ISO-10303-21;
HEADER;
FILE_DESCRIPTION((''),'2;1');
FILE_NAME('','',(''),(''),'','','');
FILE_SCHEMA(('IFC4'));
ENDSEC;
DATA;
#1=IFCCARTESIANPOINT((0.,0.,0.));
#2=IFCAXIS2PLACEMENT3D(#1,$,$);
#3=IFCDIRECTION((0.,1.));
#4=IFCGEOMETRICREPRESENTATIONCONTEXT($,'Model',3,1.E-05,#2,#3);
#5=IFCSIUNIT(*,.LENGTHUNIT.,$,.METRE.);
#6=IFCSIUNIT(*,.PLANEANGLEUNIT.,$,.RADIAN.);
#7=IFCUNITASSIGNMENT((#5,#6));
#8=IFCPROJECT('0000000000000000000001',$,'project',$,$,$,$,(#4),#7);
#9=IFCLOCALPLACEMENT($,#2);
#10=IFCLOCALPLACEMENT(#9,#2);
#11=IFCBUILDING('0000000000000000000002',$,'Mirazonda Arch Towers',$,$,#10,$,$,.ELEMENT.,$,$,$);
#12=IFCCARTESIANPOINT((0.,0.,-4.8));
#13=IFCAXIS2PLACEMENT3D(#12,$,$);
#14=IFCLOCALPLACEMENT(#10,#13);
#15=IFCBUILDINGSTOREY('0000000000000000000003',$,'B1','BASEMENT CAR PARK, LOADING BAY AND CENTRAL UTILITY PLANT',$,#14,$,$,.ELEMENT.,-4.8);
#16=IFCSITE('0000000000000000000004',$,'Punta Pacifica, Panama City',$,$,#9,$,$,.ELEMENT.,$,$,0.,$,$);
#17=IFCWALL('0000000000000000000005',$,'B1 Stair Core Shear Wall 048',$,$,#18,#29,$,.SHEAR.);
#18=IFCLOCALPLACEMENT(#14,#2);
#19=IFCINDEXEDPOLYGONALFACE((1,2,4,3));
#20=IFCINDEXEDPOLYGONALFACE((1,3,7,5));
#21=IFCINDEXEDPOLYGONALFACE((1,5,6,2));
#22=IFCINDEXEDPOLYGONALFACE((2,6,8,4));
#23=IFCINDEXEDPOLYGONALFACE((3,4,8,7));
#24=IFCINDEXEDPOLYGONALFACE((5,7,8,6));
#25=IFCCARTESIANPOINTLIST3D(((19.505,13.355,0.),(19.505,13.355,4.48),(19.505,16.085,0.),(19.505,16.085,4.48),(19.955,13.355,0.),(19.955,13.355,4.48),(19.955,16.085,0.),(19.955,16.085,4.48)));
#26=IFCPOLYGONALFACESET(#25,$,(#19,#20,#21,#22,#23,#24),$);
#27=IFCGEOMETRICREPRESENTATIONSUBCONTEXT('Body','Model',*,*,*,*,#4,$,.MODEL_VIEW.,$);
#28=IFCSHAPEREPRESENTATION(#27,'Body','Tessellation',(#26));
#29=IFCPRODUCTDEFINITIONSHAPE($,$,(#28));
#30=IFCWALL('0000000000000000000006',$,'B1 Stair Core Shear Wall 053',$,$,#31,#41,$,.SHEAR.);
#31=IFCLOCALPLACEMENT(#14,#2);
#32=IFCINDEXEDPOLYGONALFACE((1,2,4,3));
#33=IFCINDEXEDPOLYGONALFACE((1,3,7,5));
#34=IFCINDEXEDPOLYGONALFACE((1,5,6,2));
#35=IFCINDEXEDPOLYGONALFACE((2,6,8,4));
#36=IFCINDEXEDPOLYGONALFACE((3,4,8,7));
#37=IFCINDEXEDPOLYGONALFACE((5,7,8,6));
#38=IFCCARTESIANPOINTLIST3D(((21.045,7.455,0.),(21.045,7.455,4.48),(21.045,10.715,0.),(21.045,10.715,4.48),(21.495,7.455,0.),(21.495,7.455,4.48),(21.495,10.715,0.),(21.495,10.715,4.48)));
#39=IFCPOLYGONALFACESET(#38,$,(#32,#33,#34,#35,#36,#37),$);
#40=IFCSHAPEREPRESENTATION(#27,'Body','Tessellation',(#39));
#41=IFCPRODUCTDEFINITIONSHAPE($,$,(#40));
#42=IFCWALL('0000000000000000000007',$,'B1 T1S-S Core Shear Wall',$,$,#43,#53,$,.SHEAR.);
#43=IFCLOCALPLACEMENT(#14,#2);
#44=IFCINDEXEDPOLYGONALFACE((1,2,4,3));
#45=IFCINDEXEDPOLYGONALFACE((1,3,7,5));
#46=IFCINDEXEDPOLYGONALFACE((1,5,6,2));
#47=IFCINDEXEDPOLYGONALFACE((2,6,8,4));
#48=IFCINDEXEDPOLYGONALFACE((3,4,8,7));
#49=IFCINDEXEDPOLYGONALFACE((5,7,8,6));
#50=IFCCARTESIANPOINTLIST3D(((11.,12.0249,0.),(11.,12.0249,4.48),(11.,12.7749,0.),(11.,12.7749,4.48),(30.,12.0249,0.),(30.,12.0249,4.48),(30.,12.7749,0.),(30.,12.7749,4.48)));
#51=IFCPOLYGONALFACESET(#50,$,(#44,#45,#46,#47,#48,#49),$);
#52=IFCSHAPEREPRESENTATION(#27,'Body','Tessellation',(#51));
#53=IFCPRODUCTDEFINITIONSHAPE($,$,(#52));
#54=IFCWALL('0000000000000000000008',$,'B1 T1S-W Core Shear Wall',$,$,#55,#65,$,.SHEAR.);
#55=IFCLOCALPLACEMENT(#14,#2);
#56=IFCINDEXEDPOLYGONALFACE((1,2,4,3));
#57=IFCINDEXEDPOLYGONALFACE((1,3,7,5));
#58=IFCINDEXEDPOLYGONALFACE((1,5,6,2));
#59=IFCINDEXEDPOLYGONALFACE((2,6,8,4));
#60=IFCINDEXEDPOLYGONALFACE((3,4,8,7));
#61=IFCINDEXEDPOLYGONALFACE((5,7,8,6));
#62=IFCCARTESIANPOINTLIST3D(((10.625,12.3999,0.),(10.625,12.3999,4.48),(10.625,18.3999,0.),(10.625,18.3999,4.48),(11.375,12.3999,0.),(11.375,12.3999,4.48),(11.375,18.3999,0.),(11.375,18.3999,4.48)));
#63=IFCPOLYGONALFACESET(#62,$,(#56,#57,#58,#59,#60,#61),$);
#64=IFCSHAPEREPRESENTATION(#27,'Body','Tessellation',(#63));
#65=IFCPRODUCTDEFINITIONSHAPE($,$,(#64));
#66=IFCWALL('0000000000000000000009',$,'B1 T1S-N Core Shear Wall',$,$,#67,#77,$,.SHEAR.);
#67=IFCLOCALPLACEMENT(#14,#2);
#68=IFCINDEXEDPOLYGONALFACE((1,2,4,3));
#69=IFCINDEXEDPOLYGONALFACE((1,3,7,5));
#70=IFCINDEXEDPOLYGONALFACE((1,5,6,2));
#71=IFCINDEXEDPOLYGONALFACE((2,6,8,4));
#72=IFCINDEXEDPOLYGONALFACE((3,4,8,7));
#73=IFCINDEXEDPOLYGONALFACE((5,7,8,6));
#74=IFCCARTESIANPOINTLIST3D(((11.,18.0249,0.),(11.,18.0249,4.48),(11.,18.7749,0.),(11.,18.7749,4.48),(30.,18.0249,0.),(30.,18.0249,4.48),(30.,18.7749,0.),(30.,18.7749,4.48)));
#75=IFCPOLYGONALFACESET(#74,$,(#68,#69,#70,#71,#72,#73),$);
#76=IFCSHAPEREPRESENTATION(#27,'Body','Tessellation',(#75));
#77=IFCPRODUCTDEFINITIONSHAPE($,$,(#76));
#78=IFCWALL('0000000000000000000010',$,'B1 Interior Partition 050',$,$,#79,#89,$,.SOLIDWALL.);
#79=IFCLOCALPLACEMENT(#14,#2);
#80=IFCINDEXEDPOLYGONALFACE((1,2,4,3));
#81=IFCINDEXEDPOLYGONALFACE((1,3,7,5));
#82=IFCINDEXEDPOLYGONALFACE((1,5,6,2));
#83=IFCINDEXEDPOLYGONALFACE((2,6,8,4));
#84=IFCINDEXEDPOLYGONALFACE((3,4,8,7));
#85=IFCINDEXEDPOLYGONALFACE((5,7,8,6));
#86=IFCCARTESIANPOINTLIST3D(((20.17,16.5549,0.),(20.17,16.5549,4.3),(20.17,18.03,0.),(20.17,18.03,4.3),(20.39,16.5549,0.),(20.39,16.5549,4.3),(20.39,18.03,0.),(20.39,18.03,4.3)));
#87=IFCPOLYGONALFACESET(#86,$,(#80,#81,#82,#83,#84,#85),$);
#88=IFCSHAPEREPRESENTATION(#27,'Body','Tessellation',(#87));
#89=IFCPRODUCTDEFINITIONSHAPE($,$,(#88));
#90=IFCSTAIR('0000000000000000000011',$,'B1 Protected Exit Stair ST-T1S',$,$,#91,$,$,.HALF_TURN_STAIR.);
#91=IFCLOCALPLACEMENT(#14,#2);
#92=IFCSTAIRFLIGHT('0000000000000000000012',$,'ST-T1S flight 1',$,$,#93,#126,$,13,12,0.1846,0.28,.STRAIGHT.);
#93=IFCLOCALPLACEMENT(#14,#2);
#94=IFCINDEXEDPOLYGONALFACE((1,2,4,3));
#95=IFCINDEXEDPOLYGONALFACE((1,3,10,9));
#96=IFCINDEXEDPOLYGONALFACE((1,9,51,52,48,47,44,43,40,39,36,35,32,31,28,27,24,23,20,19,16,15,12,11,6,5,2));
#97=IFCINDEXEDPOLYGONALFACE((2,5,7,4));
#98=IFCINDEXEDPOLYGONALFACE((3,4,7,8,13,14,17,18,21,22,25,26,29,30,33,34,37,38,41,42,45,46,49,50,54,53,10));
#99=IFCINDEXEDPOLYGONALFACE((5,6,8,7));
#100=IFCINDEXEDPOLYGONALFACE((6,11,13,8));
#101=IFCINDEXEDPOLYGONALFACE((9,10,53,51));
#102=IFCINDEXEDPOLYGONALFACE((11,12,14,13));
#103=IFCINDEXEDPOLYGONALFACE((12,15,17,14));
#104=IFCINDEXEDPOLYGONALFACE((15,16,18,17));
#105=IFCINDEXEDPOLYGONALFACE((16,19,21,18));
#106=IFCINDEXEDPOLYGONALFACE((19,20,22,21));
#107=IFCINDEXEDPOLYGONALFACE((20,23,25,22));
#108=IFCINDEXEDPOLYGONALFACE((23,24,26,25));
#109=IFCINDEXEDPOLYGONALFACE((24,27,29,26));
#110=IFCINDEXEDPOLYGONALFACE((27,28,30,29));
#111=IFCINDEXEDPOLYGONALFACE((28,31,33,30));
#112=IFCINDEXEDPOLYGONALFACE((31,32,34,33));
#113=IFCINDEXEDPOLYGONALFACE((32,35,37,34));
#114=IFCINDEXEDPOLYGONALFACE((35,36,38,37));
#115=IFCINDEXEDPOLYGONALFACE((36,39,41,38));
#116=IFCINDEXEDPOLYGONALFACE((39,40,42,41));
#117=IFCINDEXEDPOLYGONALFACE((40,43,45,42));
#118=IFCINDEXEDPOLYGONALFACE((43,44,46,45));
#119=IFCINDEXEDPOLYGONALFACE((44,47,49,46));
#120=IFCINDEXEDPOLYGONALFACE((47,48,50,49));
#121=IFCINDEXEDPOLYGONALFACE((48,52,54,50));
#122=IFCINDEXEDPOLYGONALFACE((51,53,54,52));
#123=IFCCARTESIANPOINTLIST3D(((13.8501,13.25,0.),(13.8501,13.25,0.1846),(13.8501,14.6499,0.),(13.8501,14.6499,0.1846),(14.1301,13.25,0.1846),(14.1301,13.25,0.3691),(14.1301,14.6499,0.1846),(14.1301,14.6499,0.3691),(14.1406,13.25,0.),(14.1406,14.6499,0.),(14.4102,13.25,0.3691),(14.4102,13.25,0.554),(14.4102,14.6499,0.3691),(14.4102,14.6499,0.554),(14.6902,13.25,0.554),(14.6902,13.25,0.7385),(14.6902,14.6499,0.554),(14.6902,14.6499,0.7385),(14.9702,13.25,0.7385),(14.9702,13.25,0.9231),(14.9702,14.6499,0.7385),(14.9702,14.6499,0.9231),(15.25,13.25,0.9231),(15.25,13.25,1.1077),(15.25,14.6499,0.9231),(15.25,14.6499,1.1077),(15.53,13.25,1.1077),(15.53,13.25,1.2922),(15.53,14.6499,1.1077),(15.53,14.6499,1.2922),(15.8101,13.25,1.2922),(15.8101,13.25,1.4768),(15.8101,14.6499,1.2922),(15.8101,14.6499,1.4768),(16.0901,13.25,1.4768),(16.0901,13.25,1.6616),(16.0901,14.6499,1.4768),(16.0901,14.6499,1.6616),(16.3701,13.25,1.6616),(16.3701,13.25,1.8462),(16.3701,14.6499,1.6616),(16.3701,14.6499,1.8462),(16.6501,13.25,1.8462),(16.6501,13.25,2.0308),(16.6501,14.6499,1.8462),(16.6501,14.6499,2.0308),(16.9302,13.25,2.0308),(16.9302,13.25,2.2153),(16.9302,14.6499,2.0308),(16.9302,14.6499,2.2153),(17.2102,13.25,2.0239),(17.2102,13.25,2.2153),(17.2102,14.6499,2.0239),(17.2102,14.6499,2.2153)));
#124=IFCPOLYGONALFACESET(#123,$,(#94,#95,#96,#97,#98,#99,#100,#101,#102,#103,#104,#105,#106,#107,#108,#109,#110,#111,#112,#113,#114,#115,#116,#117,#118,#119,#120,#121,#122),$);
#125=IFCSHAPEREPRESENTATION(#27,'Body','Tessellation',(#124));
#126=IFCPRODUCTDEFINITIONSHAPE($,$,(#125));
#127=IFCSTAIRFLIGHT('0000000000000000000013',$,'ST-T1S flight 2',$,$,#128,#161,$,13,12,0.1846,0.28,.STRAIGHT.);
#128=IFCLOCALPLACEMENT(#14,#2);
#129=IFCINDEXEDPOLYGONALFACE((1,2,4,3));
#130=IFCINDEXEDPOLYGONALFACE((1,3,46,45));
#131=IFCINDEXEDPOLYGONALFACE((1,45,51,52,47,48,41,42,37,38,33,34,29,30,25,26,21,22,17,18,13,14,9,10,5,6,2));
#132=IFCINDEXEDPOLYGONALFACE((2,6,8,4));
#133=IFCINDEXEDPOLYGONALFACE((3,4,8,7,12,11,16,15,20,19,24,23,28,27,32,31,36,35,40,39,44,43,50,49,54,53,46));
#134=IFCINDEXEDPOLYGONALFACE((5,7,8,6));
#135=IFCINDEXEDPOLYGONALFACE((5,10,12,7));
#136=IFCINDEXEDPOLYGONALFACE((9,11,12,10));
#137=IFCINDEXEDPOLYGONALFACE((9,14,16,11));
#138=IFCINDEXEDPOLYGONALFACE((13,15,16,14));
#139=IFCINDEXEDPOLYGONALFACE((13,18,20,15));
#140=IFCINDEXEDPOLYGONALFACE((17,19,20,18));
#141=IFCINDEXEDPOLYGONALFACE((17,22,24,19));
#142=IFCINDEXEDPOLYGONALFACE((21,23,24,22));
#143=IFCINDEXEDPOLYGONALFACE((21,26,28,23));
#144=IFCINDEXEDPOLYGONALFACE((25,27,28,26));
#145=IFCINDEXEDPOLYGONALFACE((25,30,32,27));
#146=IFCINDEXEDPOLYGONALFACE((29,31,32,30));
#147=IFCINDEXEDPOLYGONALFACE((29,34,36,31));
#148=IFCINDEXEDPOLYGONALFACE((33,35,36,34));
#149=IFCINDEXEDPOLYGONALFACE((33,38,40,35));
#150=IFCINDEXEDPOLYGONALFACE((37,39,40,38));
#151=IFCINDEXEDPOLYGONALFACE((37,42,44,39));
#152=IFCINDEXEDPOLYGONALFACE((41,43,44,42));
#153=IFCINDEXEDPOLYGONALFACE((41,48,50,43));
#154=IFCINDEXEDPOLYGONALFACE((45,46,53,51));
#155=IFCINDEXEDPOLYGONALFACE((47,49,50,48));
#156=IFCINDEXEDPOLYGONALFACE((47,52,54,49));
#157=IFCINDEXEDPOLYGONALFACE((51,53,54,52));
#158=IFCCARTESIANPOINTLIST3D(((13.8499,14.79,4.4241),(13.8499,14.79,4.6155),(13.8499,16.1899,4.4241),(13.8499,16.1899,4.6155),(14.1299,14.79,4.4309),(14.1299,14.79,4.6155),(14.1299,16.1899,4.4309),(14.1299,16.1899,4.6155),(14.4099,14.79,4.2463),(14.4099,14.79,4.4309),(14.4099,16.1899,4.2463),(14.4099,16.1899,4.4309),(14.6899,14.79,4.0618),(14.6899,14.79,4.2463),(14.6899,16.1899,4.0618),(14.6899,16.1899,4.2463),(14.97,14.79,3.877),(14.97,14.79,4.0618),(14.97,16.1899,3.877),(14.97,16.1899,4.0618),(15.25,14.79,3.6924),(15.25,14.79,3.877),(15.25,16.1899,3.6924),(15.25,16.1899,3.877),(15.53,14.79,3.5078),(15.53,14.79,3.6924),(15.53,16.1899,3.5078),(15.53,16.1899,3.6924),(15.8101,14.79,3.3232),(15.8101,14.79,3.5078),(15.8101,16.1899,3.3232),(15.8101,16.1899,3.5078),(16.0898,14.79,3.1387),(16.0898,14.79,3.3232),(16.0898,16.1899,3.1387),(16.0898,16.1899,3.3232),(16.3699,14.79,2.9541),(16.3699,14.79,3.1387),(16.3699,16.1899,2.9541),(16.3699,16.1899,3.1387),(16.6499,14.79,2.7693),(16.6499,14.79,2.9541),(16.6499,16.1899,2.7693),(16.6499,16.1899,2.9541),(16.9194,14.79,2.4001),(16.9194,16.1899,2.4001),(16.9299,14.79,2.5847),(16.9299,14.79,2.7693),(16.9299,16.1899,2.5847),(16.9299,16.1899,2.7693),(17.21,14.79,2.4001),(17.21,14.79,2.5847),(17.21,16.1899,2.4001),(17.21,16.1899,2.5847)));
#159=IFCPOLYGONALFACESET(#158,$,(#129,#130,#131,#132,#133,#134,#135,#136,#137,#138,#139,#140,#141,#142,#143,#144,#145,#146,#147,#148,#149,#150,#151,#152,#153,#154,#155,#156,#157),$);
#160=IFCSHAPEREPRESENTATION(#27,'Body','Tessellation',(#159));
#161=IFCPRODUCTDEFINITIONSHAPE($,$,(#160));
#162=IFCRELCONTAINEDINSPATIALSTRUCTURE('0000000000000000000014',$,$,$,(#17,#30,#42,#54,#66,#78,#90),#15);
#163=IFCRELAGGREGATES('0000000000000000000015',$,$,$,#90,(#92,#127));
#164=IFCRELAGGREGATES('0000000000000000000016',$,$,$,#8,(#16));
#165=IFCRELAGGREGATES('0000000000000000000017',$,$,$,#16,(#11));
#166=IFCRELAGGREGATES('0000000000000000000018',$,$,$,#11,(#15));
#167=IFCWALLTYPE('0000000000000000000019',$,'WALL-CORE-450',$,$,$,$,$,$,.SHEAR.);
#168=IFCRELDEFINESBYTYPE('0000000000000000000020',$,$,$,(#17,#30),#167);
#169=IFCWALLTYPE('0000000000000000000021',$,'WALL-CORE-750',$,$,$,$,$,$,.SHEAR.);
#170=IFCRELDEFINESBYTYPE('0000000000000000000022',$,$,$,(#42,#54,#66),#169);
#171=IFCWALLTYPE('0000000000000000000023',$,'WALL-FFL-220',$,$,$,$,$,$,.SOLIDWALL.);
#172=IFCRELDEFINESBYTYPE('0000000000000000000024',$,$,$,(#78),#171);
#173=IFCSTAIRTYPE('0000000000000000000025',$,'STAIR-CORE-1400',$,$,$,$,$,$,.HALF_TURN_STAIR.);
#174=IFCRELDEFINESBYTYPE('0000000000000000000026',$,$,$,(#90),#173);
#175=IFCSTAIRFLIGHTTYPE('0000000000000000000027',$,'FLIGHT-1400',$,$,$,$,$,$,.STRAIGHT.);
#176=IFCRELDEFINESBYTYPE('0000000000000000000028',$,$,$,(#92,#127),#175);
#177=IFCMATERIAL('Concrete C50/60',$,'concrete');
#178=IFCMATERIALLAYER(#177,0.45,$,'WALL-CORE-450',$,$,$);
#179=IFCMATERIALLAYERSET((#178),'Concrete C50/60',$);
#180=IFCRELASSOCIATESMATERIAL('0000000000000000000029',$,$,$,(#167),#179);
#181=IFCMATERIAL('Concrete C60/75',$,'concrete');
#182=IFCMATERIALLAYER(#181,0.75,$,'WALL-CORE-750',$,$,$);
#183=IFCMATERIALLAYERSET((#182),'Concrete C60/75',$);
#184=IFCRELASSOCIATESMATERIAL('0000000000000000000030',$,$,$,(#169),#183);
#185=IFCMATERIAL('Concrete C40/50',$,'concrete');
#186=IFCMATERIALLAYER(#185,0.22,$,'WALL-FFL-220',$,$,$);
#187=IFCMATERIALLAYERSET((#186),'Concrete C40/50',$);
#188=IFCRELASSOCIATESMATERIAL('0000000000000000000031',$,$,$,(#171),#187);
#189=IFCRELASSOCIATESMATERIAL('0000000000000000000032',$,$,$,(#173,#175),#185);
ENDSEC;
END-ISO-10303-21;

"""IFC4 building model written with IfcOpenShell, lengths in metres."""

from ifc_helpers import new_model, si_unit, direction, frame, frame_2d, origin, place, context, subcontext, project, spatial, polyline, rectangle, outline, extrude, material, layer, layer_set, type_object, element, aggregate, save


model = new_model("IFC4")

# Units and contexts
model_context = context("Model", 3, precision=1e-05, world=origin(), true_north=direction((0.0, 1.0)))
body_context = subcontext(model_context, "Body", "Model", "MODEL_VIEW")
ifc_project = project(units=[si_unit("LENGTHUNIT", "METRE"), si_unit("PLANEANGLEUNIT", "RADIAN")], contexts=[model_context])

# Site, building, storey
site_placement = place(None, origin())
site = spatial("IfcSite", under=ifc_project, at=site_placement, Name="Punta Pacifica, Panama City", CompositionType="ELEMENT", RefElevation=0.0)
building_placement = place(site_placement, origin())
building = spatial("IfcBuilding", under=site, at=building_placement, Name="Mirazonda Arch Towers", CompositionType="ELEMENT")
storey_placement = place(building_placement, frame((0.0, 0.0, -4.8)))
storey = spatial("IfcBuildingStorey", under=building, at=storey_placement, Name="B1", Description="BASEMENT CAR PARK, LOADING BAY AND CENTRAL UTILITY PLANT", CompositionType="ELEMENT", Elevation=-4.8)

# Shared definitions
ifc_material_1 = material(Name="Concrete C50/60", Category="concrete")

# Shared definitions
ifc_material_2 = material(Name="Concrete C60/75", Category="concrete")

# Shared definitions
ifc_layer_1 = layer(ifc_material_1, 0.45, Name="WALL-CORE-450")
ifc_layer_set_1 = layer_set([ifc_layer_1], Name="Concrete C50/60")
wall_type_1 = type_object("IfcWallType", Name="WALL-CORE-450", PredefinedType="SHEAR", material=ifc_layer_set_1)

# Walls
wall_1_placement = place(storey_placement, frame((19.73, 13.355, 0.0), z_axis=(0.0, 0.0, 1.0), x_axis=(0.0, 1.0, 0.0)))
element("IfcWall", 1, at=wall_1_placement, inside=storey, type_object=wall_type_1, Name="B1 Stair Core Shear Wall 048", PredefinedType="SHEAR", context=body_context, shape_type="SweptSolid", body=[
    extrude(rectangle(XDim=2.73, YDim=0.45, at=frame_2d((1.365, 0.0))), origin(), (0.0, 0.0, 1.0), 4.48),
])
wall_2_placement = place(storey_placement, frame((21.27, 7.4551, 0.0), z_axis=(0.0, 0.0, 1.0), x_axis=(0.0, 1.0, 0.0)))
element("IfcWall", 2, at=wall_2_placement, inside=storey, type_object=wall_type_1, Name="B1 Stair Core Shear Wall 053", PredefinedType="SHEAR", context=body_context, shape_type="SweptSolid", body=[
    extrude(rectangle(XDim=3.26, YDim=0.45, at=frame_2d((1.6299, 0.0))), origin(), (0.0, 0.0, 1.0), 4.48),
])
ifc_layer_2 = layer(ifc_material_2, 0.75, Name="WALL-CORE-750")
ifc_layer_set_2 = layer_set([ifc_layer_2], Name="Concrete C60/75")
wall_type_2 = type_object("IfcWallType", Name="WALL-CORE-750", PredefinedType="SHEAR", material=ifc_layer_set_2)
wall_3_placement = place(storey_placement, frame((11.0, 12.3999, 0.0), z_axis=(0.0, 0.0, 1.0), x_axis=(1.0, 0.0, 0.0)))
element("IfcWall", 3, at=wall_3_placement, inside=storey, type_object=wall_type_2, Name="B1 T1S-S Core Shear Wall", PredefinedType="SHEAR", context=body_context, shape_type="SweptSolid", body=[
    extrude(rectangle(XDim=19.0, YDim=0.75, at=frame_2d((9.5, 0.0))), origin(), (0.0, 0.0, 1.0), 4.48),
])
wall_4_placement = place(storey_placement, frame((11.0, 12.3999, 0.0), z_axis=(0.0, 0.0, 1.0), x_axis=(0.0, 1.0, 0.0)))
element("IfcWall", 4, at=wall_4_placement, inside=storey, type_object=wall_type_2, Name="B1 T1S-W Core Shear Wall", PredefinedType="SHEAR", context=body_context, shape_type="SweptSolid", body=[
    extrude(rectangle(XDim=6.0, YDim=0.75, at=frame_2d((3.0, 0.0))), origin(), (0.0, 0.0, 1.0), 4.48),
])
wall_5_placement = place(storey_placement, frame((11.0, 18.3999, 0.0), z_axis=(0.0, 0.0, 1.0), x_axis=(1.0, 0.0, 0.0)))
element("IfcWall", 5, at=wall_5_placement, inside=storey, type_object=wall_type_2, Name="B1 T1S-N Core Shear Wall", PredefinedType="SHEAR", context=body_context, shape_type="SweptSolid", body=[
    extrude(rectangle(XDim=19.0, YDim=0.75, at=frame_2d((9.5, 0.0))), origin(), (0.0, 0.0, 1.0), 4.48),
])
ifc_material_3 = material(Name="Concrete C40/50", Category="concrete")
ifc_layer_3 = layer(ifc_material_3, 0.22, Name="WALL-FFL-220")
ifc_layer_set_3 = layer_set([ifc_layer_3], Name="Concrete C40/50")
wall_type_3 = type_object("IfcWallType", Name="WALL-FFL-220", PredefinedType="SOLIDWALL", material=ifc_layer_set_3)
wall_6_placement = place(storey_placement, frame((20.28, 16.5549, 0.0), z_axis=(0.0, 0.0, 1.0), x_axis=(0.0, 1.0, 0.0)))
element("IfcWall", 6, at=wall_6_placement, inside=storey, type_object=wall_type_3, Name="B1 Interior Partition 050", PredefinedType="SOLIDWALL", context=body_context, shape_type="SweptSolid", body=[
    extrude(rectangle(XDim=1.4751, YDim=0.22, at=frame_2d((0.7375, 0.0))), origin(), (0.0, 0.0, 1.0), 4.3),
])

# Stair, stair flights
stair_type = type_object("IfcStairType", Name="STAIR-CORE-1400", PredefinedType="HALF_TURN_STAIR", material=ifc_material_3)
stair_placement = place(storey_placement, origin())
stair = element("IfcStair", 7, at=stair_placement, inside=storey, type_object=stair_type, Name="B1 Protected Exit Stair ST-T1S", PredefinedType="HALF_TURN_STAIR")
stair_flight_type = type_object("IfcStairFlightType", Name="FLIGHT-1400", PredefinedType="STRAIGHT", material=ifc_material_3)
stair_flight_1_placement = place(storey_placement, frame((13.8501, 13.95, 0.0), z_axis=(0.0, 0.0, 1.0), x_axis=(1.0, 0.0, 0.0)))
stair_flight_1 = element("IfcStairFlight", 8, at=stair_flight_1_placement, type_object=stair_flight_type, Name="ST-T1S flight 1", NumberOfRisers=13, NumberOfTreads=12, PredefinedType="STRAIGHT", RiserHeight=0.1846, TreadLength=0.28, context=body_context, shape_type="SweptSolid", body=[
    extrude(outline(polyline([(0.0, 0.0), (0.0, 0.1846), (0.28, 0.1846), (0.28, 0.3691), (0.5601, 0.3691), (0.5601, 0.554), (0.8401, 0.554), (0.8401, 0.7385), (1.1201, 0.7385), (1.1201, 0.9231), (1.3999, 0.9231), (1.3999, 1.1077), (1.6799, 1.1077), (1.6799, 1.2922), (1.96, 1.2922), (1.96, 1.4768), (2.24, 1.4768), (2.24, 1.6616), (2.52, 1.6616), (2.52, 1.8462), (2.8, 1.8462), (2.8, 2.0308), (3.0801, 2.0308), (3.0801, 2.2153), (3.3601, 2.2153), (3.3601, 2.3999), (3.3601, 2.0239), (0.2905, 0.0), (0.0, 0.0)])), frame((0.0, 0.7, 0.0), z_axis=(0.0, -1.0, 0.0), x_axis=(1.0, 0.0, 0.0)), (0.0, 0.0, 1.0), 1.3999),
])
stair_flight_2_placement = place(storey_placement, frame((17.21, 15.49, 2.4001), z_axis=(0.0, 0.0, 1.0), x_axis=(-1.0, 0.0, 0.0)))
stair_flight_2 = element("IfcStairFlight", 9, at=stair_flight_2_placement, type_object=stair_flight_type, Name="ST-T1S flight 2", NumberOfRisers=13, NumberOfTreads=12, PredefinedType="STRAIGHT", RiserHeight=0.1846, TreadLength=0.28, context=body_context, shape_type="SweptSolid", body=[
    extrude(outline(polyline([(0.0, 0.0), (0.0, 0.1846), (0.28, 0.1846), (0.28, 0.3691), (0.5601, 0.3691), (0.5601, 0.554), (0.8401, 0.554), (0.8401, 0.7385), (1.1201, 0.7385), (1.1201, 0.9231), (1.3999, 0.9231), (1.3999, 1.1077), (1.6799, 1.1077), (1.6799, 1.2922), (1.96, 1.2922), (1.96, 1.4768), (2.24, 1.4768), (2.24, 1.6616), (2.52, 1.6616), (2.52, 1.8462), (2.8, 1.8462), (2.8, 2.0308), (3.0801, 2.0308), (3.0801, 2.2153), (3.3601, 2.2153), (3.3601, 2.3999), (3.3601, 2.0239), (0.2905, 0.0), (0.0, 0.0)])), frame((0.0, 0.7, 0.0), z_axis=(0.0, -1.0, 0.0), x_axis=(1.0, 0.0, 0.0)), (0.0, 0.0, 1.0), 1.3999),
])
aggregate(stair, [stair_flight_1, stair_flight_2])

save(model, "model.ifc")
